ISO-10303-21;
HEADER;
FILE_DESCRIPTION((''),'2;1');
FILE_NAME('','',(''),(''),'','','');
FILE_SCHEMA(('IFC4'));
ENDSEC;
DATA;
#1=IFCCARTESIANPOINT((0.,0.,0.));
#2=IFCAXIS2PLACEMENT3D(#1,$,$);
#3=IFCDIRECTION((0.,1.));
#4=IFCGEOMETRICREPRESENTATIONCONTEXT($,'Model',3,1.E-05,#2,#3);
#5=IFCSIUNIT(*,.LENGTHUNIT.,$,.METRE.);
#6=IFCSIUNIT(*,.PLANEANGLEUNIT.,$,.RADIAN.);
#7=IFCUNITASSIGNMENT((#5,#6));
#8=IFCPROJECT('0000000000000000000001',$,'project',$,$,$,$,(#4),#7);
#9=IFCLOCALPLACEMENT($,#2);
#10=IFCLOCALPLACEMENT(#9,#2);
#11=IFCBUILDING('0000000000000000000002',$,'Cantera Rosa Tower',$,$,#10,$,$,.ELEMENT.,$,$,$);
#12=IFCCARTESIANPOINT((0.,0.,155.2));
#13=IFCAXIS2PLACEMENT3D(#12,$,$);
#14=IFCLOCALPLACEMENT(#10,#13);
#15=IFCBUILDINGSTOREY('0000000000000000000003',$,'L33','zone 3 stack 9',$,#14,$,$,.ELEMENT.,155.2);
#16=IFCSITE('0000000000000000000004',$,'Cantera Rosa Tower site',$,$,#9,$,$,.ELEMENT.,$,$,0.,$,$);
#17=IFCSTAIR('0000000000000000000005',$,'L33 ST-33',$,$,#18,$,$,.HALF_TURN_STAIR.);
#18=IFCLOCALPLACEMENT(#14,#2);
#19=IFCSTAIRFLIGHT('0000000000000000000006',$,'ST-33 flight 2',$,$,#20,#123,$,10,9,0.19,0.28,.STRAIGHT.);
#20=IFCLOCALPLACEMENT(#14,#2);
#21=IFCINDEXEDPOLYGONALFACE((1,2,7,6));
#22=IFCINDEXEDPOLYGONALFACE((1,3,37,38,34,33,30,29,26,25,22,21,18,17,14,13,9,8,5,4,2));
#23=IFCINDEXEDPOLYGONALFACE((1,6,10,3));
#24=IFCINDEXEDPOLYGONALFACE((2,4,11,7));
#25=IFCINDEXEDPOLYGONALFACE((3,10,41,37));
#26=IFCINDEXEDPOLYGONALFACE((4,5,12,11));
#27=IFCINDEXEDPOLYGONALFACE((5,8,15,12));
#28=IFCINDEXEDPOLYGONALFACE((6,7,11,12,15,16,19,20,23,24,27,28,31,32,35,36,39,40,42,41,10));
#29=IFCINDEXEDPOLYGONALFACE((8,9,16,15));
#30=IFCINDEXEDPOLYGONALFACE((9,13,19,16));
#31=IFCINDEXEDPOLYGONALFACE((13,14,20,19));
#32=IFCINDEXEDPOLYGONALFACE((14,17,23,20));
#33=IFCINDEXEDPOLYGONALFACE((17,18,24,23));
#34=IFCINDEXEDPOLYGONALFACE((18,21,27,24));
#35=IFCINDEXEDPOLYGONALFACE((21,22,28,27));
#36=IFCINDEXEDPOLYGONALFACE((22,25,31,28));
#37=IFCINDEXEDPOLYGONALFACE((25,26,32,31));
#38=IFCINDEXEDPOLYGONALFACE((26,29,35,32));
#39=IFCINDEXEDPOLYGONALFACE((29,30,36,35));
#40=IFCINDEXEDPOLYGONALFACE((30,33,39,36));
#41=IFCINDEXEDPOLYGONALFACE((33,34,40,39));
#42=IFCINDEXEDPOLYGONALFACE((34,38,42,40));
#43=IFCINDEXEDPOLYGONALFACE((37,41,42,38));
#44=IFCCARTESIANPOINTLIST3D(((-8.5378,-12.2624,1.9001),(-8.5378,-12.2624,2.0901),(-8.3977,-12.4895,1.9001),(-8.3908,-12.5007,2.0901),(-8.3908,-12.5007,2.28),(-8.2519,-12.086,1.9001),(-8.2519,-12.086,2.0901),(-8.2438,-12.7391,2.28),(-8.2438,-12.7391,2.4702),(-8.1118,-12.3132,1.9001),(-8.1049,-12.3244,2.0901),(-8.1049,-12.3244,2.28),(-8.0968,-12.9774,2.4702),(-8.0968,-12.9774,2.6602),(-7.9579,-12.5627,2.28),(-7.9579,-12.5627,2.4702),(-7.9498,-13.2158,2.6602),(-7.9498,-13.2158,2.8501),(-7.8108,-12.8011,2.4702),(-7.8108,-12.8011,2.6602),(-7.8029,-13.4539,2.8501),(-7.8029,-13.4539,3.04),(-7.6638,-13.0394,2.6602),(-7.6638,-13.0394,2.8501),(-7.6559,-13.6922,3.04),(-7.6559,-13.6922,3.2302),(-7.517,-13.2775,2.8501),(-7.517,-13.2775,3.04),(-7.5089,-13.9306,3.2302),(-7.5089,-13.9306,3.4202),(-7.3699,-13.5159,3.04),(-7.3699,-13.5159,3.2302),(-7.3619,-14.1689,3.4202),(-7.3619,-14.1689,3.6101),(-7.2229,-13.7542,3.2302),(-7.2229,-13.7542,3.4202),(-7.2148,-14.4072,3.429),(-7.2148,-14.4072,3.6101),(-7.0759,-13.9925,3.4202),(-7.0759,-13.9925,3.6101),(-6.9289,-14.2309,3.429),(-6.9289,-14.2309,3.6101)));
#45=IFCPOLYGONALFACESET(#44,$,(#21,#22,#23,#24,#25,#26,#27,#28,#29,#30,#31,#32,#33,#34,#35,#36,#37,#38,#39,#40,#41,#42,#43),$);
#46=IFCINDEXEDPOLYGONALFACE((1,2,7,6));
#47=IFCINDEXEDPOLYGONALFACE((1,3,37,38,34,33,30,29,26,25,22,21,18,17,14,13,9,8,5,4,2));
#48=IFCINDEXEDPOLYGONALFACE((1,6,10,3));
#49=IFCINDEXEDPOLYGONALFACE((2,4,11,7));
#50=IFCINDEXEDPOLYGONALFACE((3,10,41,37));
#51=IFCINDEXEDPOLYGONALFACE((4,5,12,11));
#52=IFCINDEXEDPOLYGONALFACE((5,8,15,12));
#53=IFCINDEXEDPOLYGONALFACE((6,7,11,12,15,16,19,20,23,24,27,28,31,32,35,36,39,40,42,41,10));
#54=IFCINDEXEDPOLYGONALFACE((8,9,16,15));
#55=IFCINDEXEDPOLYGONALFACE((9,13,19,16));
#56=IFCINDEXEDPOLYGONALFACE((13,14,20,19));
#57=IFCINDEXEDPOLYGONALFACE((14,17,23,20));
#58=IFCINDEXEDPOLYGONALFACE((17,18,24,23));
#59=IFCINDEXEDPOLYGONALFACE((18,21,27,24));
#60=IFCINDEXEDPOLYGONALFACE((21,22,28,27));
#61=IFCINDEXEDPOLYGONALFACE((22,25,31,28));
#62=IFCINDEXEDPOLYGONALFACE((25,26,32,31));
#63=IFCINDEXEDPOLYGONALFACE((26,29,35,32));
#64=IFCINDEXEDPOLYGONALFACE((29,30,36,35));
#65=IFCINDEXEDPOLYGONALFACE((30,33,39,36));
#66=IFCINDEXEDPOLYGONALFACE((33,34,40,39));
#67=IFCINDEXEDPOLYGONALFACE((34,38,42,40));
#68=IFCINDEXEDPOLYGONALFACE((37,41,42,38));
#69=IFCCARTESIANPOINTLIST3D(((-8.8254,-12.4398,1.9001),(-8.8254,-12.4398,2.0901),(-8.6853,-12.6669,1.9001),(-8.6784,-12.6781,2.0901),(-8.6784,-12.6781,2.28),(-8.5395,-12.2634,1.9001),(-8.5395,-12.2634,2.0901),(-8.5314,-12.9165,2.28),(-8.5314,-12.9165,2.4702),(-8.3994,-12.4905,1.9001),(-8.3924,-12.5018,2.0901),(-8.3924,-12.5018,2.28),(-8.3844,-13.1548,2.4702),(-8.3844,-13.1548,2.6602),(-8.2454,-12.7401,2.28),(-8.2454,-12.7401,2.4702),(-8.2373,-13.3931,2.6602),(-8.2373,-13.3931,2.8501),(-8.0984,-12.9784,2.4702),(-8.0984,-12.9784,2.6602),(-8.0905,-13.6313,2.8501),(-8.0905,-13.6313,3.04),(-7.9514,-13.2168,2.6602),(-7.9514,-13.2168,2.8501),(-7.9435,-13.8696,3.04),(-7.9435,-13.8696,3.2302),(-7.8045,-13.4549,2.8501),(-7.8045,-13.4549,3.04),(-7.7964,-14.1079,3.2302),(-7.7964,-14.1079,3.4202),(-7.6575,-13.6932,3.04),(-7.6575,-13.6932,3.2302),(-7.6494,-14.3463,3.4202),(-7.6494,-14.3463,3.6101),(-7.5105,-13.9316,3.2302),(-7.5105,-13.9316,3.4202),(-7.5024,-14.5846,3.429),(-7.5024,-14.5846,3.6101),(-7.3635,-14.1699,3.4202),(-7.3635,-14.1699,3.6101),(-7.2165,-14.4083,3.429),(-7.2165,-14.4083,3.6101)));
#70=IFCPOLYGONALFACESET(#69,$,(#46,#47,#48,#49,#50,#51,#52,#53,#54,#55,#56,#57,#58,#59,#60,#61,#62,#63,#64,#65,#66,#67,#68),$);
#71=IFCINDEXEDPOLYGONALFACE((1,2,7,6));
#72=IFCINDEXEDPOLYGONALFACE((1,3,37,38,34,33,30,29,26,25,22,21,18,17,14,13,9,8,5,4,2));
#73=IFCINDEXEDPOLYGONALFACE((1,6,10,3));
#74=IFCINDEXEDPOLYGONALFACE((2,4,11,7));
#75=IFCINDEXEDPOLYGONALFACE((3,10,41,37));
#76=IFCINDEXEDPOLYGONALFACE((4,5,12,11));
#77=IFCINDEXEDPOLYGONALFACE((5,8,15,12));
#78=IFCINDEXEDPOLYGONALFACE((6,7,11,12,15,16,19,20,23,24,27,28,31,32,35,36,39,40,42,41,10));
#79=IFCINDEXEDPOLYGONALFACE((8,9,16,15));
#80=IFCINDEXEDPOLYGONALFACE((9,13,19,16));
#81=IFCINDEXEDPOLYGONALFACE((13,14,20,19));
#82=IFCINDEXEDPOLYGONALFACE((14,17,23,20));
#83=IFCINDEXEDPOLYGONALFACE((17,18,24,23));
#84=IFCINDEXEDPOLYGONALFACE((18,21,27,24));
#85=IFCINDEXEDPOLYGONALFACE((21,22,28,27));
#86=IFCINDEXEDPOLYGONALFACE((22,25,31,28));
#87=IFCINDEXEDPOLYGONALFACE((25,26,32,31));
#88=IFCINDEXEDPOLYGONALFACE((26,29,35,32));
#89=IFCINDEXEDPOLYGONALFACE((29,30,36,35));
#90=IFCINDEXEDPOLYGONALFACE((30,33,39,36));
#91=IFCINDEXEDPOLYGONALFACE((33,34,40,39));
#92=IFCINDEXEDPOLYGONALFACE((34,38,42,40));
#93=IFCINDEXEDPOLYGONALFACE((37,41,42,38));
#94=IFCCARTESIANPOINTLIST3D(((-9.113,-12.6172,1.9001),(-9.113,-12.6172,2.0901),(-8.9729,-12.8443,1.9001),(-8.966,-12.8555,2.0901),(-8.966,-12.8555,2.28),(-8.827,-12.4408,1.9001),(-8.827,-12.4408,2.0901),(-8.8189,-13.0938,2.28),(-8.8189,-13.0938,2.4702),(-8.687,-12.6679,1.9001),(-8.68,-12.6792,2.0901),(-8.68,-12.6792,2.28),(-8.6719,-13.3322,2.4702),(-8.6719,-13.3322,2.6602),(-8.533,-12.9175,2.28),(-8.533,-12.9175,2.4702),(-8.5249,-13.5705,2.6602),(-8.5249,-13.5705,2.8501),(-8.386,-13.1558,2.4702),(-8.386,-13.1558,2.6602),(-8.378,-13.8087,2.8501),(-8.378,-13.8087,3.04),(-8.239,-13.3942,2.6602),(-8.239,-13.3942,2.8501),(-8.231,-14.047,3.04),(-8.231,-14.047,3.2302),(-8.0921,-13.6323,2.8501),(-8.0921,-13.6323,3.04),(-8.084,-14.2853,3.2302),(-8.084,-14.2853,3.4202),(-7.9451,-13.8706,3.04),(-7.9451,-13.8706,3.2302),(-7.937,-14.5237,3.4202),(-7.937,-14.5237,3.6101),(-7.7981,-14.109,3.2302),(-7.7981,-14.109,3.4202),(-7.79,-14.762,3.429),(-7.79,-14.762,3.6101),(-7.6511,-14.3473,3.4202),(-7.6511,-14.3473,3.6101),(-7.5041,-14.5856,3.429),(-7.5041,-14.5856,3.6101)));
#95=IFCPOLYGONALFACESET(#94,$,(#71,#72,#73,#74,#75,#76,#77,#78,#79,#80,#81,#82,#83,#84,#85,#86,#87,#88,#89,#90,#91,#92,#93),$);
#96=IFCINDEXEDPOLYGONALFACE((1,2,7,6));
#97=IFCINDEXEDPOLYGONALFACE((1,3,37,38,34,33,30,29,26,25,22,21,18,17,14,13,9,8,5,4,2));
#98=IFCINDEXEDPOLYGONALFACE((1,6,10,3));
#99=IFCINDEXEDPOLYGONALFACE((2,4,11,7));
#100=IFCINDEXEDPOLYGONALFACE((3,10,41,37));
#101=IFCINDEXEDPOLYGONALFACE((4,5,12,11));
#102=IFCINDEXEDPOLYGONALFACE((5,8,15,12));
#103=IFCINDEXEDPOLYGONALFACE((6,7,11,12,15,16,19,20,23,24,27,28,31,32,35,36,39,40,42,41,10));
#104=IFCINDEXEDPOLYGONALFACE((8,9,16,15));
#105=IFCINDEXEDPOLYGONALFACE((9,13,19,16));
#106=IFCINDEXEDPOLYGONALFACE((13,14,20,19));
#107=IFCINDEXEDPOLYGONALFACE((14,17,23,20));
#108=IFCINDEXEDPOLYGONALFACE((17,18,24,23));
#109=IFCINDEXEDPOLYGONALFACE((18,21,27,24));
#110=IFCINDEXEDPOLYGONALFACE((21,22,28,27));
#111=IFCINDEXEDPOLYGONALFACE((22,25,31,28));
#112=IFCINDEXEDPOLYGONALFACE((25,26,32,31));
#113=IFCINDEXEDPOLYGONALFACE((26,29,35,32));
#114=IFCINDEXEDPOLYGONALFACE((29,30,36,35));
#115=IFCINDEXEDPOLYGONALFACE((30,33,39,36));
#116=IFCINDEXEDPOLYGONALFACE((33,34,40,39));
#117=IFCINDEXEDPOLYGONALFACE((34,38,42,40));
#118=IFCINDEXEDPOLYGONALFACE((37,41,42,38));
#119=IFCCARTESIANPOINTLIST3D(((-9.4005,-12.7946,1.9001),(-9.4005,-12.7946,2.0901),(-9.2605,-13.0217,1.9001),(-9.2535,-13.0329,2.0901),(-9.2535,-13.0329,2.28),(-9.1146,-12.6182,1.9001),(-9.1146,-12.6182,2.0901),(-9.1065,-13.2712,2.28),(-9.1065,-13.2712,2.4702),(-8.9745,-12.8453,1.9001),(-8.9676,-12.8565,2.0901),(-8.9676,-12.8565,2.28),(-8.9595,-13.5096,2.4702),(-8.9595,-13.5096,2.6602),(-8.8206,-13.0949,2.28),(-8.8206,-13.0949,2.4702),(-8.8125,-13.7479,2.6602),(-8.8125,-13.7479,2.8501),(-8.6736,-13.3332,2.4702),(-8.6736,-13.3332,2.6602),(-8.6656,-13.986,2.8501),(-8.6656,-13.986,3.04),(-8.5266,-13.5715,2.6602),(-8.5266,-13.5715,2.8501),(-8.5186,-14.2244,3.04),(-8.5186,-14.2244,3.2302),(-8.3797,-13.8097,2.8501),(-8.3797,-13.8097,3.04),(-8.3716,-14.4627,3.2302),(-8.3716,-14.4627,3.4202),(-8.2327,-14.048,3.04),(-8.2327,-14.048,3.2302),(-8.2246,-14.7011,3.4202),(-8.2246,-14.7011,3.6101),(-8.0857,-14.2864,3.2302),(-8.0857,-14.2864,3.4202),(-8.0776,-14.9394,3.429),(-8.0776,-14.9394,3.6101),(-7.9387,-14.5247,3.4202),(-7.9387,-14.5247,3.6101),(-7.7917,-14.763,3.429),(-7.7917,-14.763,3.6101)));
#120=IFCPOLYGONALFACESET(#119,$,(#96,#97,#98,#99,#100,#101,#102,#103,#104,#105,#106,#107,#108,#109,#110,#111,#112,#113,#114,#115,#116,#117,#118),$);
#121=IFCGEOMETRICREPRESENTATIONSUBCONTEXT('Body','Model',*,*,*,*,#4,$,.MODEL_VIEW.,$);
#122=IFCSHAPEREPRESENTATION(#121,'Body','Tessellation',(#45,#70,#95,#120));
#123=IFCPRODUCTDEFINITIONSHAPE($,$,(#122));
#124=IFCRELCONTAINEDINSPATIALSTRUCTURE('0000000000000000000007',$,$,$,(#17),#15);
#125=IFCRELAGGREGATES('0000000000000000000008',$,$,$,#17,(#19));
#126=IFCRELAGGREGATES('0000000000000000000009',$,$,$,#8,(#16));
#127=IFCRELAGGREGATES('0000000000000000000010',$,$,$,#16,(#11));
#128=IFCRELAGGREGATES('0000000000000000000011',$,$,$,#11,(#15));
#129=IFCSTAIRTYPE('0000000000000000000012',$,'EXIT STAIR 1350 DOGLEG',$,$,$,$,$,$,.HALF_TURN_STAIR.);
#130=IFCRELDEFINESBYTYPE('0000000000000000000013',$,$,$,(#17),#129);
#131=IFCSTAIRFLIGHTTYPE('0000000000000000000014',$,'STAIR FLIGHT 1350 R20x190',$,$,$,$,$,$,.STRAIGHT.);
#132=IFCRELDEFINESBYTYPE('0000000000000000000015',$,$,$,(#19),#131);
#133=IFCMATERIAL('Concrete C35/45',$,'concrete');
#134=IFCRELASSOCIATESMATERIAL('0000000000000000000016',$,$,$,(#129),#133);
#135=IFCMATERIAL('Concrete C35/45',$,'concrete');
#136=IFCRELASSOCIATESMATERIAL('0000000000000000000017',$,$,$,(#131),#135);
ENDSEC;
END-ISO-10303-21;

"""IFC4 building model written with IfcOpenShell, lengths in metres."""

from ifc_helpers import new_model, si_unit, direction, frame, origin, place, context, subcontext, project, spatial, polyline, outline, extrude, material, type_object, element, aggregate, save


model = new_model("IFC4")

# Units and contexts
model_context = context("Model", 3, precision=1e-05, world=origin(), true_north=direction((0.0, 1.0)))
body_context = subcontext(model_context, "Body", "Model", "MODEL_VIEW")
ifc_project = project(units=[si_unit("LENGTHUNIT", "METRE"), si_unit("PLANEANGLEUNIT", "RADIAN")], contexts=[model_context])

# Site, building, storey
site_placement = place(None, origin())
site = spatial("IfcSite", under=ifc_project, at=site_placement, Name="Cantera Rosa Tower site", CompositionType="ELEMENT", RefElevation=0.0)
building_placement = place(site_placement, origin())
building = spatial("IfcBuilding", under=site, at=building_placement, Name="Cantera Rosa Tower", CompositionType="ELEMENT")
storey_placement = place(building_placement, frame((0.0, 0.0, 155.2)))
storey = spatial("IfcBuildingStorey", under=building, at=storey_placement, Name="L33", Description="zone 3 stack 9", CompositionType="ELEMENT", Elevation=155.2)

# Stair, stair flight
ifc_material_1 = material(Name="Concrete C35/45", Category="concrete")
stair_type = type_object("IfcStairType", Name="EXIT STAIR 1350 DOGLEG", PredefinedType="HALF_TURN_STAIR", material=ifc_material_1)
stair_placement = place(storey_placement, origin())
stair = element("IfcStair", 1, at=stair_placement, inside=storey, type_object=stair_type, Name="L33 ST-33", PredefinedType="HALF_TURN_STAIR")
ifc_material_2 = material(Name="Concrete C35/45", Category="concrete")
stair_flight_type = type_object("IfcStairFlightType", Name="STAIR FLIGHT 1350 R20x190", PredefinedType="STRAIGHT", material=ifc_material_2)
stair_flight_1_placement = place(storey_placement, frame((-8.8264, -12.4404, 1.9001), z_axis=(0.0, 0.0, 1.0), x_axis=(0.524977, -0.851117, 0.0)))
stair_flight_1 = element("IfcStairFlight", 2, at=stair_flight_1_placement, type_object=stair_flight_type, Name="ST-33 flight 2", NumberOfRisers=10, NumberOfTreads=9, PredefinedType="STRAIGHT", RiserHeight=0.19, TreadLength=0.28, context=body_context, shape_type="SweptSolid", body=[
    extrude(outline(polyline([(0.0, 0.0), (0.0, 0.1899), (0.28, 0.1899), (0.28, 0.3799), (0.5601, 0.3799), (0.5601, 0.5701), (0.8401, 0.5701), (0.8401, 0.76), (1.1201, 0.76), (1.1201, 0.95), (1.3999, 0.95), (1.3999, 1.1399), (1.6799, 1.1399), (1.6799, 1.3301), (1.96, 1.3301), (1.96, 1.52), (2.24, 1.52), (2.24, 1.71), (2.52, 1.71), (2.52, 1.8999), (2.52, 1.5288), (0.2668, 0.0), (0.0, 0.0)])), frame((0.0, 0.675, 0.0), z_axis=(0.0, -1.0, 0.0), x_axis=(1.0, 0.0, 0.0)), (0.0, 0.0, 1.0), 0.3359),
    extrude(outline(polyline([(0.0, 0.0), (0.0, 0.1899), (0.28, 0.1899), (0.28, 0.3799), (0.5601, 0.3799), (0.5601, 0.5701), (0.8401, 0.5701), (0.8401, 0.76), (1.1201, 0.76), (1.1201, 0.95), (1.3999, 0.95), (1.3999, 1.1399), (1.6799, 1.1399), (1.6799, 1.3301), (1.96, 1.3301), (1.96, 1.52), (2.24, 1.52), (2.24, 1.71), (2.52, 1.71), (2.52, 1.8999), (2.52, 1.5288), (0.2668, 0.0), (0.0, 0.0)])), frame((0.0, 0.3372, 0.0), z_axis=(0.0, -1.0, 0.0), x_axis=(1.0, 0.0, 0.0)), (0.0, 0.0, 1.0), 0.3359),
    extrude(outline(polyline([(0.0, 0.0), (0.0, 0.1899), (0.28, 0.1899), (0.28, 0.3799), (0.5601, 0.3799), (0.5601, 0.5701), (0.8401, 0.5701), (0.8401, 0.76), (1.1201, 0.76), (1.1201, 0.95), (1.3999, 0.95), (1.3999, 1.1399), (1.6799, 1.1399), (1.6799, 1.3301), (1.96, 1.3301), (1.96, 1.52), (2.24, 1.52), (2.24, 1.71), (2.52, 1.71), (2.52, 1.8999), (2.52, 1.5288), (0.2668, 0.0), (0.0, 0.0)])), frame((0.0, -0.0007, 0.0), z_axis=(0.0, -1.0, 0.0), x_axis=(1.0, 0.0, 0.0)), (0.0, 0.0, 1.0), 0.3359),
    extrude(outline(polyline([(0.0, 0.0), (0.0, 0.1899), (0.28, 0.1899), (0.28, 0.3799), (0.5601, 0.3799), (0.5601, 0.5701), (0.8401, 0.5701), (0.8401, 0.76), (1.1201, 0.76), (1.1201, 0.95), (1.3999, 0.95), (1.3999, 1.1399), (1.6799, 1.1399), (1.6799, 1.3301), (1.96, 1.3301), (1.96, 1.52), (2.24, 1.52), (2.24, 1.71), (2.52, 1.71), (2.52, 1.8999), (2.52, 1.5288), (0.2668, 0.0), (0.0, 0.0)])), frame((0.0, -0.3386, 0.0), z_axis=(0.0, -1.0, 0.0), x_axis=(1.0, 0.0, 0.0)), (0.0, 0.0, 1.0), 0.3359),
])
aggregate(stair, [stair_flight_1])

save(model, "model.ifc")
